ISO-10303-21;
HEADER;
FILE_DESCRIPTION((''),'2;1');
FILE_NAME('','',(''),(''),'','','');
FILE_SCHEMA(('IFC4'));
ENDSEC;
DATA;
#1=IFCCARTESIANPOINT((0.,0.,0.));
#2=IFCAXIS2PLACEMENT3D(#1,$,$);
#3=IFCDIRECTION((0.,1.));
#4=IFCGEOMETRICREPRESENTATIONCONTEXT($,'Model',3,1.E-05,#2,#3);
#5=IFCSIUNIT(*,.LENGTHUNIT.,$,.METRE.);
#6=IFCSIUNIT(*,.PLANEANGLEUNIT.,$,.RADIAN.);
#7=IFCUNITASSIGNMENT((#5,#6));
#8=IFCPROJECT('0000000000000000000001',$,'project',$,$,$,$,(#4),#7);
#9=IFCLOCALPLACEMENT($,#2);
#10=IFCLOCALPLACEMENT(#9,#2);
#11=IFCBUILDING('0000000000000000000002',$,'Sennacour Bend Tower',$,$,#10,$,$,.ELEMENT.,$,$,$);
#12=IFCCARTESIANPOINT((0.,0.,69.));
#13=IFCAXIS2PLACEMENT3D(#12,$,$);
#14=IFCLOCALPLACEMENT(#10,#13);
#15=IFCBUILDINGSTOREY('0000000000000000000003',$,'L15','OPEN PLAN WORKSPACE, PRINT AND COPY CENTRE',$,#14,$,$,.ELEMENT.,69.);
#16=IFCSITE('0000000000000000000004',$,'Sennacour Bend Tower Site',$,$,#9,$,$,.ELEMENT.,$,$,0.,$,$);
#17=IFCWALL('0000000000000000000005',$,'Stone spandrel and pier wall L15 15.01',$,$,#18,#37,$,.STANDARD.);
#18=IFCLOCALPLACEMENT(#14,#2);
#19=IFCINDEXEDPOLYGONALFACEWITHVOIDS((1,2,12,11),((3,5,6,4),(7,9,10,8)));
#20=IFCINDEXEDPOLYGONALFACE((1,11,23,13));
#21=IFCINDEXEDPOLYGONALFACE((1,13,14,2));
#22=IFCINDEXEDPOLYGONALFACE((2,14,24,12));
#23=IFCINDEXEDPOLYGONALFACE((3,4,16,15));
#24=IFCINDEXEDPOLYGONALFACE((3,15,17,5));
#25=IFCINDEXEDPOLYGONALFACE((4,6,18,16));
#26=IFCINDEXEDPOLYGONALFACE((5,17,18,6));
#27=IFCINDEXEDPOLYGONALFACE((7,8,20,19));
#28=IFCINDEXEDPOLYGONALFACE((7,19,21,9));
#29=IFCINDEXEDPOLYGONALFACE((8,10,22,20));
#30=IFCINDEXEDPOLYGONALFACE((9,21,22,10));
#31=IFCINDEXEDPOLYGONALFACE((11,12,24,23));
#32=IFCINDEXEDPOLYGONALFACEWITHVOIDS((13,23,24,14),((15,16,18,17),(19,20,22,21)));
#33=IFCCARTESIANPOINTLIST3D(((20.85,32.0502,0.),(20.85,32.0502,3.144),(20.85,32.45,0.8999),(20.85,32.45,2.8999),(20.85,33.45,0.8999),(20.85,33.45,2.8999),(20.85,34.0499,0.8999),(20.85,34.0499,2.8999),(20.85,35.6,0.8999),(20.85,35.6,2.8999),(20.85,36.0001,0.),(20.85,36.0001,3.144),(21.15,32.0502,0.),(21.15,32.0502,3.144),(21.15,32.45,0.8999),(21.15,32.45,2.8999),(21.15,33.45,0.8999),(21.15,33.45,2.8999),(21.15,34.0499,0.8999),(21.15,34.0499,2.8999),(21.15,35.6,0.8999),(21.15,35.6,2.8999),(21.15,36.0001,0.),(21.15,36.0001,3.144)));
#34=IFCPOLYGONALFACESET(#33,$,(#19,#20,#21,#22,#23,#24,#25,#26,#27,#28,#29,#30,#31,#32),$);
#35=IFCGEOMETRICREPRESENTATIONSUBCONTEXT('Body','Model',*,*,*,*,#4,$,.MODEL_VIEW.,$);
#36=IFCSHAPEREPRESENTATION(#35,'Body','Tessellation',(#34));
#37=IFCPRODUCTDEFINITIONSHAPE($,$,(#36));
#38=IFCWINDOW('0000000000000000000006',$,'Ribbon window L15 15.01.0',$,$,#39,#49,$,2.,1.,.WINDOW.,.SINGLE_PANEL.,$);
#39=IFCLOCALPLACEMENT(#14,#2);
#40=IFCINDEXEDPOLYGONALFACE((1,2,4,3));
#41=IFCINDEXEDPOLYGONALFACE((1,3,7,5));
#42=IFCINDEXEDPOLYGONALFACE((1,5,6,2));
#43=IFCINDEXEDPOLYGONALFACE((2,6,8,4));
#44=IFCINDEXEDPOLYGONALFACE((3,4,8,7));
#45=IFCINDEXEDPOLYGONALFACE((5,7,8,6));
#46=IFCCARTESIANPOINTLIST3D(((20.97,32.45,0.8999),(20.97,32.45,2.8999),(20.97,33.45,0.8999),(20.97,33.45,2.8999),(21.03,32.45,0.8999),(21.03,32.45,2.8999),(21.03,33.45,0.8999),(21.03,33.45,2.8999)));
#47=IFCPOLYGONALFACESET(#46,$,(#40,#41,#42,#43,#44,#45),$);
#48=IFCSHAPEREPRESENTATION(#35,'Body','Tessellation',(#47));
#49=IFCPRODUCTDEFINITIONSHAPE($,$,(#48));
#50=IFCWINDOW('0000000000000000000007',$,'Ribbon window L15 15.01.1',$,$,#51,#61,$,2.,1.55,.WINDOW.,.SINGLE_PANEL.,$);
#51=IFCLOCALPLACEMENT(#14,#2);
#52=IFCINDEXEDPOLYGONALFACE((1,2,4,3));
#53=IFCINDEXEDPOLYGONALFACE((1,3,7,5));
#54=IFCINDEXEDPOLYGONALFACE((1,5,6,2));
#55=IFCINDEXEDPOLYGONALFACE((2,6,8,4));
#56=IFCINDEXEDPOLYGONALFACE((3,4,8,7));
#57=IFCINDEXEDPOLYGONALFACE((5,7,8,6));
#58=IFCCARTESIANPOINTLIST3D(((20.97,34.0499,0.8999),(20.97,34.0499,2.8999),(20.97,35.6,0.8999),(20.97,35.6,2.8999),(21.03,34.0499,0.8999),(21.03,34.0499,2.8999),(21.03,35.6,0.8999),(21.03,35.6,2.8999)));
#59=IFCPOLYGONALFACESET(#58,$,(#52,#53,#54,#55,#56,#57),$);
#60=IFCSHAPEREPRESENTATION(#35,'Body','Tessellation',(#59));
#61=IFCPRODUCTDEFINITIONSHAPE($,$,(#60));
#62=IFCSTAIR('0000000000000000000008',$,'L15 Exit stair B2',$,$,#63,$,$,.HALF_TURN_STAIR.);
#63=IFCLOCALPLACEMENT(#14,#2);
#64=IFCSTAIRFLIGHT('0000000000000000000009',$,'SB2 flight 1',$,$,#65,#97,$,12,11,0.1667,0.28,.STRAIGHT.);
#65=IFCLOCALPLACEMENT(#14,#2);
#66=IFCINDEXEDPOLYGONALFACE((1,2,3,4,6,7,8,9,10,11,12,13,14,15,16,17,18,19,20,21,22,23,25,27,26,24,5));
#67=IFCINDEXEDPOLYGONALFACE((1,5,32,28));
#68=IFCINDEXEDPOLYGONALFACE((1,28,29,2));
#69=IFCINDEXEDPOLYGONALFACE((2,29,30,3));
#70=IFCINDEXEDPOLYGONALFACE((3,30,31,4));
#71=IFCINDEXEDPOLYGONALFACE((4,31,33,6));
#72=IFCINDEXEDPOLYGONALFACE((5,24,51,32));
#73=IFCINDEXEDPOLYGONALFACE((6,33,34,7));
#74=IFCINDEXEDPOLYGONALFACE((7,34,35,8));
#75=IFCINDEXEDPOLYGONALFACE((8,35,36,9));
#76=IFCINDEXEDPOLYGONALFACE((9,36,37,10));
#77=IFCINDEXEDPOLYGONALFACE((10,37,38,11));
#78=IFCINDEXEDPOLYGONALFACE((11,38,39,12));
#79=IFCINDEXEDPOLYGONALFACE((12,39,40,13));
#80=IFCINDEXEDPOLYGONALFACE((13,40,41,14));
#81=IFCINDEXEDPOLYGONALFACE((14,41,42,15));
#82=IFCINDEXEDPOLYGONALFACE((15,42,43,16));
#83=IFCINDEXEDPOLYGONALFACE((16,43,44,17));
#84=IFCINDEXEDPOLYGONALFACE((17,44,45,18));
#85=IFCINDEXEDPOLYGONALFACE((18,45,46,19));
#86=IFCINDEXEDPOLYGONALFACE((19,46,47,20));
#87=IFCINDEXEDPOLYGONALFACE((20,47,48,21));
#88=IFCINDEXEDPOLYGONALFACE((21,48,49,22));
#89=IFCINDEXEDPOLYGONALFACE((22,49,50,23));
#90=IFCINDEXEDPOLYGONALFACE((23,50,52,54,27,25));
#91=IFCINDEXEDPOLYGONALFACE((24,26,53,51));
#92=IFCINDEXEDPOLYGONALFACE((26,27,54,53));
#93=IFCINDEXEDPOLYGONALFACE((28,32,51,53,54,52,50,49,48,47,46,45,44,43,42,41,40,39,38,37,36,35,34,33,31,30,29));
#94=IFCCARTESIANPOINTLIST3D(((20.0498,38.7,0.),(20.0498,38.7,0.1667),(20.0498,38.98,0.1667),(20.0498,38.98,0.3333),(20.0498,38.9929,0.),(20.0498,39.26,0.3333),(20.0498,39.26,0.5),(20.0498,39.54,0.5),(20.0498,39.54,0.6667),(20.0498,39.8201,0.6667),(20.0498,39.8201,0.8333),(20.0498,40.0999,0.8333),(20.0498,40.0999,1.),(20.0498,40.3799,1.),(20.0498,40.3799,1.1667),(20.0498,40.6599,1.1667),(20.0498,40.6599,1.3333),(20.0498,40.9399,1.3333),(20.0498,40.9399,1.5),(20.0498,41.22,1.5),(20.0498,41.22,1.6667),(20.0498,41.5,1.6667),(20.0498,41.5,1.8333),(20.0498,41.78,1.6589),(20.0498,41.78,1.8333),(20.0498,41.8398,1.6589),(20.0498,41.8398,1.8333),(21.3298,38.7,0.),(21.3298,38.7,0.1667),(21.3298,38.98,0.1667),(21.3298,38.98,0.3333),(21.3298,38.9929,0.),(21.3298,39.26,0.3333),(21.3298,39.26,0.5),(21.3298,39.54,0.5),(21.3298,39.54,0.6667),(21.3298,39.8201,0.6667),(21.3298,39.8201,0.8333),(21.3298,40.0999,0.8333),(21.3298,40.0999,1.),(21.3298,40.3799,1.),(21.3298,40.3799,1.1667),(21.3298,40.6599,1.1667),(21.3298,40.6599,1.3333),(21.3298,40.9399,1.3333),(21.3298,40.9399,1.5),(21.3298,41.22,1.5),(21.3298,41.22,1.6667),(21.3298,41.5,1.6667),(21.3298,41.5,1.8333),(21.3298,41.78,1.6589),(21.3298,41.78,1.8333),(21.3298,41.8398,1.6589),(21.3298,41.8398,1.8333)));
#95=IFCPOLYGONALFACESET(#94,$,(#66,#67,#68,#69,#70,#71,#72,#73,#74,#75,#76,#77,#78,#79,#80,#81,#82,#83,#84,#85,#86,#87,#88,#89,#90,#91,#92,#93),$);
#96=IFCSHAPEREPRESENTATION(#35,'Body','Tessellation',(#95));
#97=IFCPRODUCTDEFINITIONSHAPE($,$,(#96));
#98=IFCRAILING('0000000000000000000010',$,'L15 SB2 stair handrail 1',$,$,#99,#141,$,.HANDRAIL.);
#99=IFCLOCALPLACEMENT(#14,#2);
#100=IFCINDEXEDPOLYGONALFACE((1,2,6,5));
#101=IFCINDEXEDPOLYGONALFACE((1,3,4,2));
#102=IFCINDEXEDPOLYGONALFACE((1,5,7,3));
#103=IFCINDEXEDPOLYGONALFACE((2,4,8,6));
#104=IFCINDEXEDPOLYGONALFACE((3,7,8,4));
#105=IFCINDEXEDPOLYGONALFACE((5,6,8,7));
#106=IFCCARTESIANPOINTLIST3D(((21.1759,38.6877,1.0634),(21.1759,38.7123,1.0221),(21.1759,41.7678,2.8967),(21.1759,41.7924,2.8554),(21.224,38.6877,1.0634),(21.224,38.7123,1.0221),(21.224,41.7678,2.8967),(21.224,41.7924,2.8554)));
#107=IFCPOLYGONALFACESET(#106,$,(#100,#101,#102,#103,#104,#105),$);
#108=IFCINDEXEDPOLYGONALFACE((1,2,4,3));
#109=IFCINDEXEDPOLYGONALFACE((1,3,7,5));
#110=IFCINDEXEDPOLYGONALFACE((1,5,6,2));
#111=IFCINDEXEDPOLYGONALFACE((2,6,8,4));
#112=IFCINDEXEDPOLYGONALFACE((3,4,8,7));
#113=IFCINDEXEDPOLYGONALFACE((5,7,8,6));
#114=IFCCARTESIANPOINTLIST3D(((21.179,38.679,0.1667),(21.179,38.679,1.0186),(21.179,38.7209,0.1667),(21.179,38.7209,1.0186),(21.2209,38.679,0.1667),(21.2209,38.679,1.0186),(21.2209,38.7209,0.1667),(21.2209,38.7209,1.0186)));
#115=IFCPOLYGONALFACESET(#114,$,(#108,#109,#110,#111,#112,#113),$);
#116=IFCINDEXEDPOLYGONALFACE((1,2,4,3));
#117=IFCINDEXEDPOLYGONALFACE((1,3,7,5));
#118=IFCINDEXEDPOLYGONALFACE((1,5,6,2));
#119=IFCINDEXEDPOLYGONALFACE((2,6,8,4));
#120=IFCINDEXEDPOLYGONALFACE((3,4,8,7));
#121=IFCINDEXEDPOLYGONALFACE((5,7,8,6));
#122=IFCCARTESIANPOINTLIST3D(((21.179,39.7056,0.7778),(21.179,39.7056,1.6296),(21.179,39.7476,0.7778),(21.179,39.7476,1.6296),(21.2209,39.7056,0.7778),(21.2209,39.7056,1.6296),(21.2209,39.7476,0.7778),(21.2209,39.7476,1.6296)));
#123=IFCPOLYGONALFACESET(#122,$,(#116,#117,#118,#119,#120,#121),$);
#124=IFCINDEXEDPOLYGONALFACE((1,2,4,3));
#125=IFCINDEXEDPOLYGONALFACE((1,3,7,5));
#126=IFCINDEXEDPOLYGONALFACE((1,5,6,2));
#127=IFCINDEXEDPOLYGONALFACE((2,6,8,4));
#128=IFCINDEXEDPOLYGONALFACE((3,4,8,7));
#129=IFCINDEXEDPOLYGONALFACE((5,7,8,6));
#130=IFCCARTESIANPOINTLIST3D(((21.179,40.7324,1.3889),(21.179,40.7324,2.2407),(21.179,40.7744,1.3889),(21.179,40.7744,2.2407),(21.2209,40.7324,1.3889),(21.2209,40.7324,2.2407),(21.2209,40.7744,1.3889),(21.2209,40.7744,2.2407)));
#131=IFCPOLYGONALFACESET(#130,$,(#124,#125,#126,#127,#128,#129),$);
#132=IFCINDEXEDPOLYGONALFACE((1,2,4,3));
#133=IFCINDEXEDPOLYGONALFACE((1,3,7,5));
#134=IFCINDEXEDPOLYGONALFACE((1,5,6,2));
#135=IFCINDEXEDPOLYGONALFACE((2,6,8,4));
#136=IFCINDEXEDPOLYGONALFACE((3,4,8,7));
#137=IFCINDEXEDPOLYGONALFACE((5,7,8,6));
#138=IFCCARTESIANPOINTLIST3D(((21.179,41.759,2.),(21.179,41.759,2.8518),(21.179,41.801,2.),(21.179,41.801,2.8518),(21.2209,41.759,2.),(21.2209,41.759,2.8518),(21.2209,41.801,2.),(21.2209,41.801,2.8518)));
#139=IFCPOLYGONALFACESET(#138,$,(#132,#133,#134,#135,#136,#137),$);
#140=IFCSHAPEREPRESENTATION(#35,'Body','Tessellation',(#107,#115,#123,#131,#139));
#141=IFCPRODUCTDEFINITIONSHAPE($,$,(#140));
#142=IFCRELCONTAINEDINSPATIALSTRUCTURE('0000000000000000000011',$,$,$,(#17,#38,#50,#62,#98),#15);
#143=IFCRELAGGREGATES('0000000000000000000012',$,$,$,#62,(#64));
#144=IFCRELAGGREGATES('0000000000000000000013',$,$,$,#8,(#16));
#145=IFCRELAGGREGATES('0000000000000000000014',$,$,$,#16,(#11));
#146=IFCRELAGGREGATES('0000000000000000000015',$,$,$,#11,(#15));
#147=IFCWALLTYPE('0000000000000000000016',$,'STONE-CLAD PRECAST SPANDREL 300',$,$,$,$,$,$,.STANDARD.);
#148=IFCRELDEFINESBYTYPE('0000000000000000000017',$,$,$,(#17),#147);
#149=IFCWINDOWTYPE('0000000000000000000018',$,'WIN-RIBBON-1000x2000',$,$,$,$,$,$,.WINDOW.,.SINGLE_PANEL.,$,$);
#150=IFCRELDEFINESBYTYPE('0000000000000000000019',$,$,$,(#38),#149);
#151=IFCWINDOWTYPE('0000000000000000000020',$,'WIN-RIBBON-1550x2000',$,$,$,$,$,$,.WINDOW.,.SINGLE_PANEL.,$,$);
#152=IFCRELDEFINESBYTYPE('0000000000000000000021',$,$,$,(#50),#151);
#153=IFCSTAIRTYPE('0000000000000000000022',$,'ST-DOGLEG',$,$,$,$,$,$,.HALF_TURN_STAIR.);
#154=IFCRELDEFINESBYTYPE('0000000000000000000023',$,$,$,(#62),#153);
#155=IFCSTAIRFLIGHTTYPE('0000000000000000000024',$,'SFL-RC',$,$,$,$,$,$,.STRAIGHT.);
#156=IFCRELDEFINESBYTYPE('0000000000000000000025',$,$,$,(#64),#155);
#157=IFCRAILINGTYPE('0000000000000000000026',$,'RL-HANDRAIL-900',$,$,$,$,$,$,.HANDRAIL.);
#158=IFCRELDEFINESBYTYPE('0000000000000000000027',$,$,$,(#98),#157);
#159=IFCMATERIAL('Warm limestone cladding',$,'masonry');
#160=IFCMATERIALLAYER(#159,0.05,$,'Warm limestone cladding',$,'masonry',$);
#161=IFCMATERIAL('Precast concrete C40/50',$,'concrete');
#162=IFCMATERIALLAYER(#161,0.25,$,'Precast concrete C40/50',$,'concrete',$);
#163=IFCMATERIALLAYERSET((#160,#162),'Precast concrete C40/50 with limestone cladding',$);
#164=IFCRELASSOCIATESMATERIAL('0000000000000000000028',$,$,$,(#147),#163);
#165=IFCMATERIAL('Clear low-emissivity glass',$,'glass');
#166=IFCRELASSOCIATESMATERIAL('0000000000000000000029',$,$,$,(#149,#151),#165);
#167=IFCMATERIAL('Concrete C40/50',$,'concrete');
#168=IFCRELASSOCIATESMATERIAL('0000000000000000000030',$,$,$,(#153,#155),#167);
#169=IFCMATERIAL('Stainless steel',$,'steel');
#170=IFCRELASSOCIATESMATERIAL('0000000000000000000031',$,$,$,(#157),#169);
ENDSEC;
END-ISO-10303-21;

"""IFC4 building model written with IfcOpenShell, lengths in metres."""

from ifc_helpers import new_model, si_unit, direction, frame, frame_2d, origin, origin_2d, place, context, subcontext, project, spatial, polyline, rectangle, outline, extrude, material, layer, layer_set, type_object, element, fill, aggregate, save


model = new_model("IFC4")

# Units and contexts
model_context = context("Model", 3, precision=1e-05, world=origin(), true_north=direction((0.0, 1.0)))
body_context = subcontext(model_context, "Body", "Model", "MODEL_VIEW")
ifc_project = project(units=[si_unit("LENGTHUNIT", "METRE"), si_unit("PLANEANGLEUNIT", "RADIAN")], contexts=[model_context])

# Site, building, storey
site_placement = place(None, origin())
site = spatial("IfcSite", under=ifc_project, at=site_placement, Name="Sennacour Bend Tower Site", CompositionType="ELEMENT", RefElevation=0.0)
building_placement = place(site_placement, origin())
building = spatial("IfcBuilding", under=site, at=building_placement, Name="Sennacour Bend Tower", CompositionType="ELEMENT")
storey_placement = place(building_placement, frame((0.0, 0.0, 69.0)))
storey = spatial("IfcBuildingStorey", under=building, at=storey_placement, Name="L15", Description="OPEN PLAN WORKSPACE, PRINT AND COPY CENTRE", CompositionType="ELEMENT", Elevation=69.0)

# Shared definitions
ifc_material_1 = material(Name="Warm limestone cladding", Category="masonry")
ifc_layer_1 = layer(ifc_material_1, 0.05, Name="Warm limestone cladding", Category="masonry")
ifc_material_2 = material(Name="Precast concrete C40/50", Category="concrete")
ifc_layer_2 = layer(ifc_material_2, 0.25, Name="Precast concrete C40/50", Category="concrete")
ifc_layer_set_1 = layer_set([ifc_layer_1, ifc_layer_2], Name="Precast concrete C40/50 with limestone cladding")
wall_type_1 = type_object("IfcWallType", Name="STONE-CLAD PRECAST SPANDREL 300", PredefinedType="STANDARD", material=ifc_layer_set_1)
ifc_material_3 = material(Name="Clear low-emissivity glass", Category="glass")
window_type_1 = type_object("IfcWindowType", Name="WIN-RIBBON-1000x2000", PartitioningType="SINGLE_PANEL", PredefinedType="WINDOW", material=ifc_material_3)

# Wall, openings, windows
wall_1_placement = place(storey_placement, frame((21.0, 32.05, 0.0), z_axis=(0.0, 0.0, 1.0), x_axis=(0.0, 1.0, 0.0)))
wall_1 = element("IfcWall", 1, at=wall_1_placement, inside=storey, type_object=wall_type_1, Name="Stone spandrel and pier wall L15 15.01", PredefinedType="STANDARD", context=body_context, shape_type="SweptSolid", body=[
    extrude(rectangle(XDim=3.95, YDim=0.3, at=frame_2d((1.9751, 0.0))), origin(), (0.0, 0.0, 1.0), 3.144),
])
opening_1_placement = place(wall_1_placement, frame((0.3999, 0.0, 0.8999)))
opening_1 = element("IfcOpeningElement", 2, at=opening_1_placement, cuts=wall_1, PredefinedType="OPENING", context=body_context, shape_type="SweptSolid", body=[
    extrude(rectangle(XDim=1.0, YDim=2.0, at=frame_2d((0.5, 1.0))), frame((0.0, 0.1602, 0.0), z_axis=(0.0, -1.0, 0.0), x_axis=(1.0, 0.0, 0.0)), (0.0, 0.0, 1.0), 0.3201),
])
opening_2_placement = place(wall_1_placement, frame((2.0, 0.0, 0.8999)))
opening_2 = element("IfcOpeningElement", 3, at=opening_2_placement, cuts=wall_1, PredefinedType="OPENING", context=body_context, shape_type="SweptSolid", body=[
    extrude(rectangle(XDim=1.55, YDim=2.0, at=frame_2d((0.7749, 1.0))), frame((0.0, 0.1602, 0.0), z_axis=(0.0, -1.0, 0.0), x_axis=(1.0, 0.0, 0.0)), (0.0, 0.0, 1.0), 0.3201),
])
window_1_placement = place(opening_1_placement, origin())
window_1 = element("IfcWindow", 4, at=window_1_placement, inside=storey, type_object=window_type_1, Name="Ribbon window L15 15.01.0", OverallHeight=2.0, OverallWidth=1.0, PartitioningType="SINGLE_PANEL", PredefinedType="WINDOW", context=body_context, shape_type="SweptSolid", body=[
    extrude(rectangle(XDim=1.0, YDim=2.0, at=frame_2d((0.5, 1.0))), frame((0.0, 0.03, 0.0), z_axis=(0.0, -1.0, 0.0), x_axis=(1.0, 0.0, 0.0)), (0.0, 0.0, 1.0), 0.0601),
])
fill(opening_1, window_1)
window_type_2 = type_object("IfcWindowType", Name="WIN-RIBBON-1550x2000", PartitioningType="SINGLE_PANEL", PredefinedType="WINDOW", material=ifc_material_3)
window_2_placement = place(opening_2_placement, origin())
window_2 = element("IfcWindow", 5, at=window_2_placement, inside=storey, type_object=window_type_2, Name="Ribbon window L15 15.01.1", OverallHeight=2.0, OverallWidth=1.55, PartitioningType="SINGLE_PANEL", PredefinedType="WINDOW", context=body_context, shape_type="SweptSolid", body=[
    extrude(rectangle(XDim=1.55, YDim=2.0, at=frame_2d((0.7749, 1.0))), frame((0.0, 0.03, 0.0), z_axis=(0.0, -1.0, 0.0), x_axis=(1.0, 0.0, 0.0)), (0.0, 0.0, 1.0), 0.0601),
])
fill(opening_2, window_2)

# Stair, stair flight
ifc_material_4 = material(Name="Concrete C40/50", Category="concrete")
stair_type = type_object("IfcStairType", Name="ST-DOGLEG", PredefinedType="HALF_TURN_STAIR", material=ifc_material_4)
stair_placement = place(storey_placement, origin())
stair = element("IfcStair", 6, at=stair_placement, inside=storey, type_object=stair_type, Name="L15 Exit stair B2", PredefinedType="HALF_TURN_STAIR")
stair_flight_type = type_object("IfcStairFlightType", Name="SFL-RC", PredefinedType="STRAIGHT", material=ifc_material_4)
stair_flight_placement = place(storey_placement, frame((20.6899, 38.7, 0.0), z_axis=(0.0, 0.0, 1.0), x_axis=(0.0, 1.0, 0.0)))
stair_flight = element("IfcStairFlight", 7, at=stair_flight_placement, type_object=stair_flight_type, Name="SB2 flight 1", NumberOfRisers=12, NumberOfTreads=11, PredefinedType="STRAIGHT", RiserHeight=0.1667, TreadLength=0.28, context=body_context, shape_type="SweptSolid", body=[
    extrude(outline(polyline([(0.0, 0.0), (0.0, 0.1667), (0.28, 0.1667), (0.28, 0.3333), (0.5601, 0.3333), (0.5601, 0.5), (0.8401, 0.5), (0.8401, 0.6667), (1.1201, 0.6667), (1.1201, 0.8333), (1.3999, 0.8333), (1.3999, 1.0), (1.6799, 1.0), (1.6799, 1.1667), (1.96, 1.1667), (1.96, 1.3333), (2.24, 1.3333), (2.24, 1.5), (2.52, 1.5), (2.52, 1.6667), (2.8, 1.6667), (2.8, 1.8333), (3.0801, 1.8333), (3.1399, 1.8333), (3.1399, 1.6589), (3.0801, 1.6589), (0.293, 0.0), (0.0, 0.0)])), frame((0.0, 0.6401, 0.0), z_axis=(0.0, -1.0, 0.0), x_axis=(1.0, 0.0, 0.0)), (0.0, 0.0, 1.0), 1.28),
])
aggregate(stair, [stair_flight])

# Railing
ifc_material_5 = material(Name="Stainless steel", Category="steel")
railing_type = type_object("IfcRailingType", Name="RL-HANDRAIL-900", PredefinedType="HANDRAIL", material=ifc_material_5)
railing_placement = place(storey_placement, frame((21.2, 38.7, 0.1667)))
element("IfcRailing", 8, at=railing_placement, inside=storey, type_object=railing_type, Name="L15 SB2 stair handrail 1", PredefinedType="HANDRAIL", context=body_context, shape_type="SweptSolid", body=[
    extrude(rectangle(XDim=0.0481, YDim=0.0481, at=origin_2d()), frame((0.0, 0.0, 0.876), z_axis=(0.0, 0.859309, 0.511458), x_axis=(-1.0, 0.0, 0.0)), (0.0, 0.0, 1.0), 3.5845),
    extrude(rectangle(XDim=0.042, YDim=0.042, at=origin_2d()), origin(), (0.0, 0.0, 1.0), 0.8518),
    extrude(rectangle(XDim=0.042, YDim=0.042, at=origin_2d()), frame((0.0, 1.0266, 0.6111)), (0.0, 0.0, 1.0), 0.8518),
    extrude(rectangle(XDim=0.042, YDim=0.042, at=origin_2d()), frame((0.0, 2.0535, 1.2222)), (0.0, 0.0, 1.0), 0.8518),
    extrude(rectangle(XDim=0.042, YDim=0.042, at=origin_2d()), frame((0.0, 3.0801, 1.8333)), (0.0, 0.0, 1.0), 0.8518),
])

save(model, "model.ifc")
